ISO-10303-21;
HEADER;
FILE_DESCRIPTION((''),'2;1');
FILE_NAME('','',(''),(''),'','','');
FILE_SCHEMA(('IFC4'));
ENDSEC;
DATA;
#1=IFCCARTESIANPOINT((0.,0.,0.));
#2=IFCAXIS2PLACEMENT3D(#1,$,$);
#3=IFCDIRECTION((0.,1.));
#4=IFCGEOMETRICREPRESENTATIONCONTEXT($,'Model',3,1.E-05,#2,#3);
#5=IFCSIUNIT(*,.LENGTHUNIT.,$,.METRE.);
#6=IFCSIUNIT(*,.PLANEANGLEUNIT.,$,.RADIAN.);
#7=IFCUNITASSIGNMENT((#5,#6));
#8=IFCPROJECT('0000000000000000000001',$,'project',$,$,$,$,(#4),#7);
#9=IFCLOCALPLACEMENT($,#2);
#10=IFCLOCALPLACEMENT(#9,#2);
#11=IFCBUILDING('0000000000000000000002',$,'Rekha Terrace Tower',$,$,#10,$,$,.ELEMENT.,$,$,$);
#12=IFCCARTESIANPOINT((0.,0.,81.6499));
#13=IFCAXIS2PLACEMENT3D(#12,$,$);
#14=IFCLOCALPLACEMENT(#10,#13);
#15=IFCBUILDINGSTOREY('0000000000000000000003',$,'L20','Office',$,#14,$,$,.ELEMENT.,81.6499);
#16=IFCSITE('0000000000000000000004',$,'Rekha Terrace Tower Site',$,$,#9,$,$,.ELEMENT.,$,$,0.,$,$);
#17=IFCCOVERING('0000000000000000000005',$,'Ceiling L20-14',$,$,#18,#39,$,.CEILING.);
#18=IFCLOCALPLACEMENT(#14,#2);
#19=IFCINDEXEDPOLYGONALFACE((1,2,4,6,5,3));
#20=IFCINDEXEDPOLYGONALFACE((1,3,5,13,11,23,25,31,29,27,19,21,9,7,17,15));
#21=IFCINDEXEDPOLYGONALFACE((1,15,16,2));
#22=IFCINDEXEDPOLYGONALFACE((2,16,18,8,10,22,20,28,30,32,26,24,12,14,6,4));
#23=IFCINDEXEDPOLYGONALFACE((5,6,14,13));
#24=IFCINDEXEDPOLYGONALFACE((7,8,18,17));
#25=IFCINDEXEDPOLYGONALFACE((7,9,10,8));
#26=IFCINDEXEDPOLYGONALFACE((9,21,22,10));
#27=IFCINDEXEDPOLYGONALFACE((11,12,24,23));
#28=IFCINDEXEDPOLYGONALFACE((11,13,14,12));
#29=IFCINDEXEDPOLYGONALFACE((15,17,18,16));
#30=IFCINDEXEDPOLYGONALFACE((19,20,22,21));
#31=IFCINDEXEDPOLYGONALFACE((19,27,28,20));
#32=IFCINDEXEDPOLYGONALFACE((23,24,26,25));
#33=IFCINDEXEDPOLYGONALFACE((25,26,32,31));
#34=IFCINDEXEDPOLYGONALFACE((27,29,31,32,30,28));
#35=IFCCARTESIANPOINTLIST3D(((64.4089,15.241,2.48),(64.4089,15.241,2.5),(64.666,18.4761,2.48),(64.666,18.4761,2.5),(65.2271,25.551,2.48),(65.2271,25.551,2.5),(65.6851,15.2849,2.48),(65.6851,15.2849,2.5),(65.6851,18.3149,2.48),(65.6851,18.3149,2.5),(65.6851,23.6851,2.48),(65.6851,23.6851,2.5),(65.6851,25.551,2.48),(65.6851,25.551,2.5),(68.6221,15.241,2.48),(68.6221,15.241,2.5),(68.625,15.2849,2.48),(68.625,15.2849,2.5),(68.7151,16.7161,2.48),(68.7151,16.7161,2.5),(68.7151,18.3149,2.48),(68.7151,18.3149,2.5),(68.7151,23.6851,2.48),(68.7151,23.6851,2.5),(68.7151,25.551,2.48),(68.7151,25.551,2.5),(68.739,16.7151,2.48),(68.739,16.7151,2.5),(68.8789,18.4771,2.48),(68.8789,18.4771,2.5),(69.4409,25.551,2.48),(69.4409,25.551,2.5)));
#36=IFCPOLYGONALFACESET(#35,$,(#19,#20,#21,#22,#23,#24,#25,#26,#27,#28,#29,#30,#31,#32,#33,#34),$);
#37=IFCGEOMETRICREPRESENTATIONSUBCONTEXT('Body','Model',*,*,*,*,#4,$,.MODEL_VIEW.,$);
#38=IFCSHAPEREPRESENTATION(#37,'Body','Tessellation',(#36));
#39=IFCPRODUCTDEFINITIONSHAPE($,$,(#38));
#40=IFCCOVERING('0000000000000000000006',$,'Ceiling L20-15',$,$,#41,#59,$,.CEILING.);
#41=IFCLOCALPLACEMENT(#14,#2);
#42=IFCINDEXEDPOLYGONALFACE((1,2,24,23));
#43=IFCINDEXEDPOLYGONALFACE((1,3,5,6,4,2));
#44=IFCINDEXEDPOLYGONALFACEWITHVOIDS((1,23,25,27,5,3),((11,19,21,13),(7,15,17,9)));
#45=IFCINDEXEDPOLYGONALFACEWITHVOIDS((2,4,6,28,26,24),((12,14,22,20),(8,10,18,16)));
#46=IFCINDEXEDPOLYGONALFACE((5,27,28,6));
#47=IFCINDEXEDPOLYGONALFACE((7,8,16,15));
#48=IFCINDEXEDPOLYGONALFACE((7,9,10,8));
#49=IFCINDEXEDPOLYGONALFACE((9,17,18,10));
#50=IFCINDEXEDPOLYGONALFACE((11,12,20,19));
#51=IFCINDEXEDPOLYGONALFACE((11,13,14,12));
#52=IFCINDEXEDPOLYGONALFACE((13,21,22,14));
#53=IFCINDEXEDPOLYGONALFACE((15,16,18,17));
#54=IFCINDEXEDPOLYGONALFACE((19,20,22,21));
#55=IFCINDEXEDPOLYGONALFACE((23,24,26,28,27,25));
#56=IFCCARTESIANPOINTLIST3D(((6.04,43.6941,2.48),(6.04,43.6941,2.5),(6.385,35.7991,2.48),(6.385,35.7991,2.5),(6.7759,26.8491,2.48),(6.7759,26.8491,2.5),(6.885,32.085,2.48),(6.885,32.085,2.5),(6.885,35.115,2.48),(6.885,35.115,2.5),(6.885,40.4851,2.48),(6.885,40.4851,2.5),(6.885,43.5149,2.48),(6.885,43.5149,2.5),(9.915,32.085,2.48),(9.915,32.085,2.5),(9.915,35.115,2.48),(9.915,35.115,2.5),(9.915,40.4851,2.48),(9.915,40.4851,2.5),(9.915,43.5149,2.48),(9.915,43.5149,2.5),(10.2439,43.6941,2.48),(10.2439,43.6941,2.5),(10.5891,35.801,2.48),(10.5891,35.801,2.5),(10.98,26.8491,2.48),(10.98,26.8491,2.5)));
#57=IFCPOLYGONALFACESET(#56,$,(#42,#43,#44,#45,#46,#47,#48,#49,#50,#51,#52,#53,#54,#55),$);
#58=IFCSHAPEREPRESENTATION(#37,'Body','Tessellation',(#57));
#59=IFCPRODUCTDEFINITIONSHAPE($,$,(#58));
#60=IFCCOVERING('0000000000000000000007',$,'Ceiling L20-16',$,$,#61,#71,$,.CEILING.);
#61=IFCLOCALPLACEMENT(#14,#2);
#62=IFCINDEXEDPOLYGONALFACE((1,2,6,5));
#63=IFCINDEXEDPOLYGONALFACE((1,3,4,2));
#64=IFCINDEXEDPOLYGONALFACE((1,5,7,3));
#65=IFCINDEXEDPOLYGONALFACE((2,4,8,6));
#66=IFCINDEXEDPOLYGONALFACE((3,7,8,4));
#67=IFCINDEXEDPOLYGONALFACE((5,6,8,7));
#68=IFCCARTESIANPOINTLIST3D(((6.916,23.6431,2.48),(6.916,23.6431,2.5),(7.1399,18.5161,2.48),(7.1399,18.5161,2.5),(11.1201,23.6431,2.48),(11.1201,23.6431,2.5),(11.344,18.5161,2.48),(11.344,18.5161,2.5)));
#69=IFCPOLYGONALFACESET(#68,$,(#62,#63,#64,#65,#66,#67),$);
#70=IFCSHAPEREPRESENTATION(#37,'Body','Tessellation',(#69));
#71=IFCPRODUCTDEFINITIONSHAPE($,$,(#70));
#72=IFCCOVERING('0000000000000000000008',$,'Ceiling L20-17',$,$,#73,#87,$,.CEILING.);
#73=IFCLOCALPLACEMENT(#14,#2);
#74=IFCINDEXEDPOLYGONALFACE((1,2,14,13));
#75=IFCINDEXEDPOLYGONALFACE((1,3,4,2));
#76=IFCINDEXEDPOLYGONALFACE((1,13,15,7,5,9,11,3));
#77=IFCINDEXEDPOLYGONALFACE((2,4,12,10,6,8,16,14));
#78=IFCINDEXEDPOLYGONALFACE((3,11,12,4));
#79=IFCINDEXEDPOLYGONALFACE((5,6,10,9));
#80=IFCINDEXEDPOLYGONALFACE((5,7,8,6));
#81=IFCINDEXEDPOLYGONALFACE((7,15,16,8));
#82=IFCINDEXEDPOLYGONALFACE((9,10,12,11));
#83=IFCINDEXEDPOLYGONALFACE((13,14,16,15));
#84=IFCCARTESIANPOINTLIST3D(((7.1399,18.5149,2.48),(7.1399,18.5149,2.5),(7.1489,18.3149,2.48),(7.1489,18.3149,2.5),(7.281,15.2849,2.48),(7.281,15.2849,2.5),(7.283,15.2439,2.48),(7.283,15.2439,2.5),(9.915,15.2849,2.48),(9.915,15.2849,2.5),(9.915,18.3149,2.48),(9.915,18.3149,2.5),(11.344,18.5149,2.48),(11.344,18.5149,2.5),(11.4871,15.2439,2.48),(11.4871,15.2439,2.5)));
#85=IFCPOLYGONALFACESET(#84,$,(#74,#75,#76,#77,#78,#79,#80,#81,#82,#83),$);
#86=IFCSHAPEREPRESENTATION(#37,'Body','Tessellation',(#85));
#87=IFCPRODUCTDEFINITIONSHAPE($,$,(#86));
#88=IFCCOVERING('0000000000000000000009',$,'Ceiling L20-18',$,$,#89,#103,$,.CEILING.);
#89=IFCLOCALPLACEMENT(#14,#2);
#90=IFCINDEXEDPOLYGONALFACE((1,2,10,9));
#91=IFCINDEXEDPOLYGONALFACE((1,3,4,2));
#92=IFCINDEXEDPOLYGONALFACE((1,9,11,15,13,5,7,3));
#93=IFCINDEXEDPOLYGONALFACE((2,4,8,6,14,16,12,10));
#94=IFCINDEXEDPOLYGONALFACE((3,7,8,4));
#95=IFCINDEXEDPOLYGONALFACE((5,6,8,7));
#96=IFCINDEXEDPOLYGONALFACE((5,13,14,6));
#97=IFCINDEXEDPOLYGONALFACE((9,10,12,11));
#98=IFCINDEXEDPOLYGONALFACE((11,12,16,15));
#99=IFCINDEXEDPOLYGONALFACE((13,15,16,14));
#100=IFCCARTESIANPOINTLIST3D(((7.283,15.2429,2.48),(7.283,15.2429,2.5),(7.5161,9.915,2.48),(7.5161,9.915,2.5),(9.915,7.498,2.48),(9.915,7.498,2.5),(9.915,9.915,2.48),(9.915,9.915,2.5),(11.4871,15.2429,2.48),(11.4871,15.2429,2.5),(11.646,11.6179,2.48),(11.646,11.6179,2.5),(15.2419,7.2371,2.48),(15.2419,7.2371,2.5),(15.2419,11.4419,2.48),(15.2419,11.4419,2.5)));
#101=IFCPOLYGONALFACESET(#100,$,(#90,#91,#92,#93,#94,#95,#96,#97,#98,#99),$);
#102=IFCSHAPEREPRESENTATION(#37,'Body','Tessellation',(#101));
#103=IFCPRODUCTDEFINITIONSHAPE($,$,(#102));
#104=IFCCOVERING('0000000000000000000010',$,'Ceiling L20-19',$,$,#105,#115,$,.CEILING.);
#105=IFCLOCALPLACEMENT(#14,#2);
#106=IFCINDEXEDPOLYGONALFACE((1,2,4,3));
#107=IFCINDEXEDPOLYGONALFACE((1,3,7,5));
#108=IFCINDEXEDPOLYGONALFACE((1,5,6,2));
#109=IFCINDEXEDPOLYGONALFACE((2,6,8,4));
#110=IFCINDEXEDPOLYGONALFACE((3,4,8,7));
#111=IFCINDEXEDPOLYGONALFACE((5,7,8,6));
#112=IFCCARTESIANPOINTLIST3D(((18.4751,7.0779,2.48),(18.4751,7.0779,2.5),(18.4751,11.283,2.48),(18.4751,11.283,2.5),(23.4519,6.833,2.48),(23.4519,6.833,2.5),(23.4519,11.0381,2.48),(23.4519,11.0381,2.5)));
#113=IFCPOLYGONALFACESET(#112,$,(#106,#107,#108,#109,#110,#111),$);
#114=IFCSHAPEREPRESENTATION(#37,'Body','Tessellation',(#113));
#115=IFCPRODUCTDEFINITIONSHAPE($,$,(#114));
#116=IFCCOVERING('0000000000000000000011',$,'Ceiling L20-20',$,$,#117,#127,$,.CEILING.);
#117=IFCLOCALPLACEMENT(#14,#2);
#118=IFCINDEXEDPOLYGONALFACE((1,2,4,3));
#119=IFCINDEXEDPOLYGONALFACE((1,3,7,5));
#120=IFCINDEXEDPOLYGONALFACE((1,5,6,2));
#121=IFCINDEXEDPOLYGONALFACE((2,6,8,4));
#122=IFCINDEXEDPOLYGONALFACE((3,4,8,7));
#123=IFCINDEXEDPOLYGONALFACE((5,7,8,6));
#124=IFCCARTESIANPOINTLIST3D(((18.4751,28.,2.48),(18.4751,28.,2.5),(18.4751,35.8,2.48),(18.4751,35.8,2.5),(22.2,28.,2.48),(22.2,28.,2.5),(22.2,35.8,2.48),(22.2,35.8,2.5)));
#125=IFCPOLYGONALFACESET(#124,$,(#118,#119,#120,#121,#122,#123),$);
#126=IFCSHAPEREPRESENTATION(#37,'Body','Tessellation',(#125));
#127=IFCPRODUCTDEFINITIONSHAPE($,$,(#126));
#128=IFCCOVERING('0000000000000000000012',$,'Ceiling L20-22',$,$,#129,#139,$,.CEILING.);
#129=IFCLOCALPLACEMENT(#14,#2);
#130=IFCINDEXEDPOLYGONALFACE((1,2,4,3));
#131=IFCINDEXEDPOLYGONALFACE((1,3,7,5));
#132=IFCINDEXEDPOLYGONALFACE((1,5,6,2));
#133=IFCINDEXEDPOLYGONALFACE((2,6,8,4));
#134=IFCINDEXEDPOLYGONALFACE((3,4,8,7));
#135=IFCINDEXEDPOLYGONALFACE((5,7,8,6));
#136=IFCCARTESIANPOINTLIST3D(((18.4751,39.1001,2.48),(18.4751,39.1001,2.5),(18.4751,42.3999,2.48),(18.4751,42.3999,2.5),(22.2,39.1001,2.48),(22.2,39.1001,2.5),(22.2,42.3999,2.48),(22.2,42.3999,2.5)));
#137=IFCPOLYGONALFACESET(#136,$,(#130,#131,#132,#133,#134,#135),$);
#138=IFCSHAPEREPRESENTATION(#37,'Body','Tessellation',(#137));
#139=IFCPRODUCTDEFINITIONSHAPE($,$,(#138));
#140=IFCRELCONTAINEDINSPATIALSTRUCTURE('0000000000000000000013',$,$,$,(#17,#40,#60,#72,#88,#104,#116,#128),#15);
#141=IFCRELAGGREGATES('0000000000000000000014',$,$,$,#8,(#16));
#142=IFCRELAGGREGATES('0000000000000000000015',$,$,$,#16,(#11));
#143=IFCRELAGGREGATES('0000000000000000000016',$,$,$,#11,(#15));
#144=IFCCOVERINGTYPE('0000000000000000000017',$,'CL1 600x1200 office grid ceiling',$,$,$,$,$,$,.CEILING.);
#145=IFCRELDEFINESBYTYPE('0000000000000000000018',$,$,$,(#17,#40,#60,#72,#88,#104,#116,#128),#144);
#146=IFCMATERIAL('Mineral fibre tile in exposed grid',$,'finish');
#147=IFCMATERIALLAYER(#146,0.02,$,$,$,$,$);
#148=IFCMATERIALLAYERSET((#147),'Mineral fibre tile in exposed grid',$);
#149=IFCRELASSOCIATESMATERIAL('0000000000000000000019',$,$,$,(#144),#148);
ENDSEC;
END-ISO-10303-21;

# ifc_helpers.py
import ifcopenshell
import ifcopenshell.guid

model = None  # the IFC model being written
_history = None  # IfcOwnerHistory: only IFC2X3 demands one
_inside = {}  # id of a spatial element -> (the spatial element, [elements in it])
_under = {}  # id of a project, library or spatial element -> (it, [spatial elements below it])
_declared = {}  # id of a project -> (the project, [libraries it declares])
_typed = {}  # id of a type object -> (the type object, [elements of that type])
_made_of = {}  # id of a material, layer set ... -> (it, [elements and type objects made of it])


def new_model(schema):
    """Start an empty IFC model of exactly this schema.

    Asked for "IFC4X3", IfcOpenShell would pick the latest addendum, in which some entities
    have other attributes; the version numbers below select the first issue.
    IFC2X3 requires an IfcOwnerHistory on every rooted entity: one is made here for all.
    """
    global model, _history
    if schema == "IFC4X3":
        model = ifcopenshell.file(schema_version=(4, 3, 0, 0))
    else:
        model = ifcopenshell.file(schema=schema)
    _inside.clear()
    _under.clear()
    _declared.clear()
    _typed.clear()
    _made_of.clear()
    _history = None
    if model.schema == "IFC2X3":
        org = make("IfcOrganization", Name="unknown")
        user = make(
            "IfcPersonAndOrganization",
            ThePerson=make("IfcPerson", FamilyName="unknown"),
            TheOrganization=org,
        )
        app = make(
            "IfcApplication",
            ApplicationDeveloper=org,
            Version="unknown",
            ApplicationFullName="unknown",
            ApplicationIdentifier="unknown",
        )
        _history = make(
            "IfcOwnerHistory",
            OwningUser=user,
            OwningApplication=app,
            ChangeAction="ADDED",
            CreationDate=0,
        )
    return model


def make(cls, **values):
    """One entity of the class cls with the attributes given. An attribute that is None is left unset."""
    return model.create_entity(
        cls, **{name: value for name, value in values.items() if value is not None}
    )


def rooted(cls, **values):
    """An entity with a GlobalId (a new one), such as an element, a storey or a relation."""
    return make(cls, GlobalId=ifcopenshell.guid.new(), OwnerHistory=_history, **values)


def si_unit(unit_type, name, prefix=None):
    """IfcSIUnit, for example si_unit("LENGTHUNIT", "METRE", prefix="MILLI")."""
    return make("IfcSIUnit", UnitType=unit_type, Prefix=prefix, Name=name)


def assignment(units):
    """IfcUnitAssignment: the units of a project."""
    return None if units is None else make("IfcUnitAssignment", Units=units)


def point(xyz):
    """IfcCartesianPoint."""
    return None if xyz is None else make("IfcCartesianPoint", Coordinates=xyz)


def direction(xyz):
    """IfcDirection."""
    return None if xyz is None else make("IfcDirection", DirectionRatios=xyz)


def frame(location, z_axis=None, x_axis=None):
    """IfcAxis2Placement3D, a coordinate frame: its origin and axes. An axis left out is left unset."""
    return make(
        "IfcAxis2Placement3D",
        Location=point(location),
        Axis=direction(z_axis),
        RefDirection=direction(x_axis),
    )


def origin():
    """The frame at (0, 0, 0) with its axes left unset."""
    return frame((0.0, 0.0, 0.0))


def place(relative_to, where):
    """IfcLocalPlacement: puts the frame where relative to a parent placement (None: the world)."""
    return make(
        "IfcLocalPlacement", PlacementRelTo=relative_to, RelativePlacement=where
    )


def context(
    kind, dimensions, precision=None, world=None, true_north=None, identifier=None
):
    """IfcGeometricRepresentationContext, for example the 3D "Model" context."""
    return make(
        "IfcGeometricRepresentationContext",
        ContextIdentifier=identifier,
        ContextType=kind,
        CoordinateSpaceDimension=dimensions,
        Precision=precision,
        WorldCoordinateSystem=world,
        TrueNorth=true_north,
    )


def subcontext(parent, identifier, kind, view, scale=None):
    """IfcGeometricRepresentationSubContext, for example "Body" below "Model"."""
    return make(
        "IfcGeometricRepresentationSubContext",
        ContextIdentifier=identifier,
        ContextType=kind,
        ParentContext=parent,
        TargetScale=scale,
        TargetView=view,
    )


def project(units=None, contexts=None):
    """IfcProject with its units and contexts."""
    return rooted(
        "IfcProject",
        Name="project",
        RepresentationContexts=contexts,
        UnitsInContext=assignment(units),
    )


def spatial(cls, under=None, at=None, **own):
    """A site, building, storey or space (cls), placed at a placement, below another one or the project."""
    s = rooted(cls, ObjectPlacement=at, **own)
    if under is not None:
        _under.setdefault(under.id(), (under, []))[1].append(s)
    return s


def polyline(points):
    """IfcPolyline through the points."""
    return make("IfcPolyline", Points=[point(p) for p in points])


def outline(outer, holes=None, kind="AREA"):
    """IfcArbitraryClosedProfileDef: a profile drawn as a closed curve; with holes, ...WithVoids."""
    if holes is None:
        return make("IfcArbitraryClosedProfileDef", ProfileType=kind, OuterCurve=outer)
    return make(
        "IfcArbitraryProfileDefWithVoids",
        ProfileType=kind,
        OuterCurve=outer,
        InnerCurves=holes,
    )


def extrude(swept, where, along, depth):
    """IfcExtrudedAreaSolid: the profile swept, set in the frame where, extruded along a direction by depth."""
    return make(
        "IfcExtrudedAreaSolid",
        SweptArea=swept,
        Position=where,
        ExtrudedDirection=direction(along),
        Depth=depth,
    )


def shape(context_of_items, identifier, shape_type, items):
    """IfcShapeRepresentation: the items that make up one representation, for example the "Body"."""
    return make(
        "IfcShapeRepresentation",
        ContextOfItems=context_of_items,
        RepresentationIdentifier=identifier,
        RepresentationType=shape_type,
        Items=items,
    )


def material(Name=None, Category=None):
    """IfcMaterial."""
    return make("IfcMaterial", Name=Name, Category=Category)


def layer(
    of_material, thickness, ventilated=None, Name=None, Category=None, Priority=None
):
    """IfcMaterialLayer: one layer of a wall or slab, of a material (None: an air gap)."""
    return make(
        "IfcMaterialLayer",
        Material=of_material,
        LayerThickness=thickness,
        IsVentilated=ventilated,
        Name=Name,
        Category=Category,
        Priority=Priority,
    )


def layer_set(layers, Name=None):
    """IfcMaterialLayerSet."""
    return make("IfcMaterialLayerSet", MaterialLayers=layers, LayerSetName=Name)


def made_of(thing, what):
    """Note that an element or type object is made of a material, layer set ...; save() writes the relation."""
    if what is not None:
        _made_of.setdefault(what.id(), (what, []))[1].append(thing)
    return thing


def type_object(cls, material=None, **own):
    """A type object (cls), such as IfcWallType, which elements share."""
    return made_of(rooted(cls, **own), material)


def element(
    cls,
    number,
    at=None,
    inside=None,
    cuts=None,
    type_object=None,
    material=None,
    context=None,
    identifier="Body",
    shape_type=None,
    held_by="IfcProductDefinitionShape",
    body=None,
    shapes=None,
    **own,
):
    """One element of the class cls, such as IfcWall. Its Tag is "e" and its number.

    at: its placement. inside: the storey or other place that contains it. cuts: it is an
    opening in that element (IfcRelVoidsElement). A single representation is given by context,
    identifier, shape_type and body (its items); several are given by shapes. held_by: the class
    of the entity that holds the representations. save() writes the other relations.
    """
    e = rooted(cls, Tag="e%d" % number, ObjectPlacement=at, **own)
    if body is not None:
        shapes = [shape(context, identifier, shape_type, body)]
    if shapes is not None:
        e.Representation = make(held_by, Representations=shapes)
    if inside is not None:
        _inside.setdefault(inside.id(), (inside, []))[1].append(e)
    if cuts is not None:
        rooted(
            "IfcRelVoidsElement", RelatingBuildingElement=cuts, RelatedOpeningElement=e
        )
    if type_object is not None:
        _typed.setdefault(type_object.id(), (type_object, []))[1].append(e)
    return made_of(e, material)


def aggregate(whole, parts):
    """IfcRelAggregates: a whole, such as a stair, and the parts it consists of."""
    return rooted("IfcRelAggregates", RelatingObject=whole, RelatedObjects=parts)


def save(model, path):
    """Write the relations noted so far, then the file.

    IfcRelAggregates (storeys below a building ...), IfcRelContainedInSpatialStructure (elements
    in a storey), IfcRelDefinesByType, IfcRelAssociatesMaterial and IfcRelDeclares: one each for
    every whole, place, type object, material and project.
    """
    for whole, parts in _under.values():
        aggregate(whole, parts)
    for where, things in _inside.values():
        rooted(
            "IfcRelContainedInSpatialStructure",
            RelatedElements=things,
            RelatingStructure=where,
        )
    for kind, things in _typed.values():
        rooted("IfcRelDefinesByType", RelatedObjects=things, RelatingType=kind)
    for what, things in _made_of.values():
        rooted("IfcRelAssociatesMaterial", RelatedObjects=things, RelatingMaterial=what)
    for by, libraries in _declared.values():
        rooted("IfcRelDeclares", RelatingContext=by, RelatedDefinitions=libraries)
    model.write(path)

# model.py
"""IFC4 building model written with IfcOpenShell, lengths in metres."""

from ifc_helpers import new_model, si_unit, direction, frame, origin, place, context, subcontext, project, spatial, polyline, outline, extrude, material, layer, layer_set, type_object, element, save


model = new_model("IFC4")

# Units and contexts
model_context = context("Model", 3, precision=1e-05, world=origin(), true_north=direction((0.0, 1.0)))
body_context = subcontext(model_context, "Body", "Model", "MODEL_VIEW")
ifc_project = project(units=[si_unit("LENGTHUNIT", "METRE"), si_unit("PLANEANGLEUNIT", "RADIAN")], contexts=[model_context])

# Site, building, storey
site_placement = place(None, origin())
site = spatial("IfcSite", under=ifc_project, at=site_placement, Name="Rekha Terrace Tower Site", CompositionType="ELEMENT", RefElevation=0.0)
building_placement = place(site_placement, origin())
building = spatial("IfcBuilding", under=site, at=building_placement, Name="Rekha Terrace Tower", CompositionType="ELEMENT")
storey_placement = place(building_placement, frame((0.0, 0.0, 81.6499)))
storey = spatial("IfcBuildingStorey", under=building, at=storey_placement, Name="L20", Description="Office", CompositionType="ELEMENT", Elevation=81.6499)

# Coverings
ifc_material_1 = material(Name="Mineral fibre tile in exposed grid", Category="finish")
ifc_layer_1 = layer(ifc_material_1, 0.02)
ifc_layer_set_1 = layer_set([ifc_layer_1], Name="Mineral fibre tile in exposed grid")
covering_type_1 = type_object("IfcCoveringType", Name="CL1 600x1200 office grid ceiling", PredefinedType="CEILING", material=ifc_layer_set_1)
covering_1_placement = place(storey_placement, frame((0.0, 0.0, 2.48)))
element("IfcCovering", 1, at=covering_1_placement, inside=storey, type_object=covering_type_1, Name="Ceiling L20-14", PredefinedType="CEILING", context=body_context, shape_type="SweptSolid", body=[
    extrude(outline(polyline([(65.6851, 23.6851), (65.6851, 25.551), (65.2271, 25.551), (64.666, 18.4761), (64.4089, 15.241), (68.6221, 15.241), (68.625, 15.2849), (65.6851, 15.2849), (65.6851, 18.3149), (68.7151, 18.3149), (68.7151, 16.7161), (68.739, 16.7151), (68.8789, 18.4771), (69.4409, 25.551), (68.7151, 25.551), (68.7151, 23.6851), (65.6851, 23.6851)])), origin(), (0.0, 0.0, 1.0), 0.02),
])
covering_2_placement = place(storey_placement, frame((0.0, 0.0, 2.48)))
element("IfcCovering", 2, at=covering_2_placement, inside=storey, type_object=covering_type_1, Name="Ceiling L20-15", PredefinedType="CEILING", context=body_context, shape_type="SweptSolid", body=[
    extrude(outline(polyline([(10.98, 26.8491), (10.5891, 35.801), (10.2439, 43.6941), (6.04, 43.6941), (6.385, 35.7991), (6.7759, 26.8491), (10.98, 26.8491)]), holes=[polyline([(9.915, 32.085), (6.885, 32.085), (6.885, 35.115), (9.915, 35.115), (9.915, 32.085)]), polyline([(9.915, 40.4851), (6.885, 40.4851), (6.885, 43.5149), (9.915, 43.5149), (9.915, 40.4851)])]), origin(), (0.0, 0.0, 1.0), 0.02),
])
covering_3_placement = place(storey_placement, frame((0.0, 0.0, 2.48)))
element("IfcCovering", 3, at=covering_3_placement, inside=storey, type_object=covering_type_1, Name="Ceiling L20-16", PredefinedType="CEILING", context=body_context, shape_type="SweptSolid", body=[
    extrude(outline(polyline([(7.1399, 18.5161), (11.344, 18.5161), (11.1201, 23.6431), (6.916, 23.6431), (7.1399, 18.5161)])), origin(), (0.0, 0.0, 1.0), 0.02),
])
covering_4_placement = place(storey_placement, frame((0.0, 0.0, 2.48)))
element("IfcCovering", 4, at=covering_4_placement, inside=storey, type_object=covering_type_1, Name="Ceiling L20-17", PredefinedType="CEILING", context=body_context, shape_type="SweptSolid", body=[
    extrude(outline(polyline([(7.283, 15.2439), (11.4871, 15.2439), (11.344, 18.5149), (7.1399, 18.5149), (7.1489, 18.3149), (9.915, 18.3149), (9.915, 15.2849), (7.281, 15.2849), (7.283, 15.2439)])), origin(), (0.0, 0.0, 1.0), 0.02),
])
covering_5_placement = place(storey_placement, frame((0.0, 0.0, 2.48)))
element("IfcCovering", 5, at=covering_5_placement, inside=storey, type_object=covering_type_1, Name="Ceiling L20-18", PredefinedType="CEILING", context=body_context, shape_type="SweptSolid", body=[
    extrude(outline(polyline([(11.646, 11.6179), (11.4871, 15.2429), (7.283, 15.2429), (7.5161, 9.915), (9.915, 9.915), (9.915, 7.498), (15.2419, 7.2371), (15.2419, 11.4419), (11.646, 11.6179)])), origin(), (0.0, 0.0, 1.0), 0.02),
])
covering_6_placement = place(storey_placement, frame((0.0, 0.0, 2.48)))
element("IfcCovering", 6, at=covering_6_placement, inside=storey, type_object=covering_type_1, Name="Ceiling L20-19", PredefinedType="CEILING", context=body_context, shape_type="SweptSolid", body=[
    extrude(outline(polyline([(23.4519, 6.833), (23.4519, 11.0381), (18.4751, 11.283), (18.4751, 7.0779), (23.4519, 6.833)])), origin(), (0.0, 0.0, 1.0), 0.02),
])
covering_7_placement = place(storey_placement, frame((0.0, 0.0, 2.48)))
element("IfcCovering", 7, at=covering_7_placement, inside=storey, type_object=covering_type_1, Name="Ceiling L20-20", PredefinedType="CEILING", context=body_context, shape_type="SweptSolid", body=[
    extrude(outline(polyline([(22.2, 35.8), (18.4751, 35.8), (18.4751, 28.0), (22.2, 28.0), (22.2, 35.8)])), origin(), (0.0, 0.0, 1.0), 0.02),
])
covering_8_placement = place(storey_placement, frame((0.0, 0.0, 2.48)))
element("IfcCovering", 8, at=covering_8_placement, inside=storey, type_object=covering_type_1, Name="Ceiling L20-22", PredefinedType="CEILING", context=body_context, shape_type="SweptSolid", body=[
    extrude(outline(polyline([(22.2, 42.3999), (18.4751, 42.3999), (18.4751, 39.1001), (22.2, 39.1001), (22.2, 42.3999)])), origin(), (0.0, 0.0, 1.0), 0.02),
])

save(model, "model.ifc")
